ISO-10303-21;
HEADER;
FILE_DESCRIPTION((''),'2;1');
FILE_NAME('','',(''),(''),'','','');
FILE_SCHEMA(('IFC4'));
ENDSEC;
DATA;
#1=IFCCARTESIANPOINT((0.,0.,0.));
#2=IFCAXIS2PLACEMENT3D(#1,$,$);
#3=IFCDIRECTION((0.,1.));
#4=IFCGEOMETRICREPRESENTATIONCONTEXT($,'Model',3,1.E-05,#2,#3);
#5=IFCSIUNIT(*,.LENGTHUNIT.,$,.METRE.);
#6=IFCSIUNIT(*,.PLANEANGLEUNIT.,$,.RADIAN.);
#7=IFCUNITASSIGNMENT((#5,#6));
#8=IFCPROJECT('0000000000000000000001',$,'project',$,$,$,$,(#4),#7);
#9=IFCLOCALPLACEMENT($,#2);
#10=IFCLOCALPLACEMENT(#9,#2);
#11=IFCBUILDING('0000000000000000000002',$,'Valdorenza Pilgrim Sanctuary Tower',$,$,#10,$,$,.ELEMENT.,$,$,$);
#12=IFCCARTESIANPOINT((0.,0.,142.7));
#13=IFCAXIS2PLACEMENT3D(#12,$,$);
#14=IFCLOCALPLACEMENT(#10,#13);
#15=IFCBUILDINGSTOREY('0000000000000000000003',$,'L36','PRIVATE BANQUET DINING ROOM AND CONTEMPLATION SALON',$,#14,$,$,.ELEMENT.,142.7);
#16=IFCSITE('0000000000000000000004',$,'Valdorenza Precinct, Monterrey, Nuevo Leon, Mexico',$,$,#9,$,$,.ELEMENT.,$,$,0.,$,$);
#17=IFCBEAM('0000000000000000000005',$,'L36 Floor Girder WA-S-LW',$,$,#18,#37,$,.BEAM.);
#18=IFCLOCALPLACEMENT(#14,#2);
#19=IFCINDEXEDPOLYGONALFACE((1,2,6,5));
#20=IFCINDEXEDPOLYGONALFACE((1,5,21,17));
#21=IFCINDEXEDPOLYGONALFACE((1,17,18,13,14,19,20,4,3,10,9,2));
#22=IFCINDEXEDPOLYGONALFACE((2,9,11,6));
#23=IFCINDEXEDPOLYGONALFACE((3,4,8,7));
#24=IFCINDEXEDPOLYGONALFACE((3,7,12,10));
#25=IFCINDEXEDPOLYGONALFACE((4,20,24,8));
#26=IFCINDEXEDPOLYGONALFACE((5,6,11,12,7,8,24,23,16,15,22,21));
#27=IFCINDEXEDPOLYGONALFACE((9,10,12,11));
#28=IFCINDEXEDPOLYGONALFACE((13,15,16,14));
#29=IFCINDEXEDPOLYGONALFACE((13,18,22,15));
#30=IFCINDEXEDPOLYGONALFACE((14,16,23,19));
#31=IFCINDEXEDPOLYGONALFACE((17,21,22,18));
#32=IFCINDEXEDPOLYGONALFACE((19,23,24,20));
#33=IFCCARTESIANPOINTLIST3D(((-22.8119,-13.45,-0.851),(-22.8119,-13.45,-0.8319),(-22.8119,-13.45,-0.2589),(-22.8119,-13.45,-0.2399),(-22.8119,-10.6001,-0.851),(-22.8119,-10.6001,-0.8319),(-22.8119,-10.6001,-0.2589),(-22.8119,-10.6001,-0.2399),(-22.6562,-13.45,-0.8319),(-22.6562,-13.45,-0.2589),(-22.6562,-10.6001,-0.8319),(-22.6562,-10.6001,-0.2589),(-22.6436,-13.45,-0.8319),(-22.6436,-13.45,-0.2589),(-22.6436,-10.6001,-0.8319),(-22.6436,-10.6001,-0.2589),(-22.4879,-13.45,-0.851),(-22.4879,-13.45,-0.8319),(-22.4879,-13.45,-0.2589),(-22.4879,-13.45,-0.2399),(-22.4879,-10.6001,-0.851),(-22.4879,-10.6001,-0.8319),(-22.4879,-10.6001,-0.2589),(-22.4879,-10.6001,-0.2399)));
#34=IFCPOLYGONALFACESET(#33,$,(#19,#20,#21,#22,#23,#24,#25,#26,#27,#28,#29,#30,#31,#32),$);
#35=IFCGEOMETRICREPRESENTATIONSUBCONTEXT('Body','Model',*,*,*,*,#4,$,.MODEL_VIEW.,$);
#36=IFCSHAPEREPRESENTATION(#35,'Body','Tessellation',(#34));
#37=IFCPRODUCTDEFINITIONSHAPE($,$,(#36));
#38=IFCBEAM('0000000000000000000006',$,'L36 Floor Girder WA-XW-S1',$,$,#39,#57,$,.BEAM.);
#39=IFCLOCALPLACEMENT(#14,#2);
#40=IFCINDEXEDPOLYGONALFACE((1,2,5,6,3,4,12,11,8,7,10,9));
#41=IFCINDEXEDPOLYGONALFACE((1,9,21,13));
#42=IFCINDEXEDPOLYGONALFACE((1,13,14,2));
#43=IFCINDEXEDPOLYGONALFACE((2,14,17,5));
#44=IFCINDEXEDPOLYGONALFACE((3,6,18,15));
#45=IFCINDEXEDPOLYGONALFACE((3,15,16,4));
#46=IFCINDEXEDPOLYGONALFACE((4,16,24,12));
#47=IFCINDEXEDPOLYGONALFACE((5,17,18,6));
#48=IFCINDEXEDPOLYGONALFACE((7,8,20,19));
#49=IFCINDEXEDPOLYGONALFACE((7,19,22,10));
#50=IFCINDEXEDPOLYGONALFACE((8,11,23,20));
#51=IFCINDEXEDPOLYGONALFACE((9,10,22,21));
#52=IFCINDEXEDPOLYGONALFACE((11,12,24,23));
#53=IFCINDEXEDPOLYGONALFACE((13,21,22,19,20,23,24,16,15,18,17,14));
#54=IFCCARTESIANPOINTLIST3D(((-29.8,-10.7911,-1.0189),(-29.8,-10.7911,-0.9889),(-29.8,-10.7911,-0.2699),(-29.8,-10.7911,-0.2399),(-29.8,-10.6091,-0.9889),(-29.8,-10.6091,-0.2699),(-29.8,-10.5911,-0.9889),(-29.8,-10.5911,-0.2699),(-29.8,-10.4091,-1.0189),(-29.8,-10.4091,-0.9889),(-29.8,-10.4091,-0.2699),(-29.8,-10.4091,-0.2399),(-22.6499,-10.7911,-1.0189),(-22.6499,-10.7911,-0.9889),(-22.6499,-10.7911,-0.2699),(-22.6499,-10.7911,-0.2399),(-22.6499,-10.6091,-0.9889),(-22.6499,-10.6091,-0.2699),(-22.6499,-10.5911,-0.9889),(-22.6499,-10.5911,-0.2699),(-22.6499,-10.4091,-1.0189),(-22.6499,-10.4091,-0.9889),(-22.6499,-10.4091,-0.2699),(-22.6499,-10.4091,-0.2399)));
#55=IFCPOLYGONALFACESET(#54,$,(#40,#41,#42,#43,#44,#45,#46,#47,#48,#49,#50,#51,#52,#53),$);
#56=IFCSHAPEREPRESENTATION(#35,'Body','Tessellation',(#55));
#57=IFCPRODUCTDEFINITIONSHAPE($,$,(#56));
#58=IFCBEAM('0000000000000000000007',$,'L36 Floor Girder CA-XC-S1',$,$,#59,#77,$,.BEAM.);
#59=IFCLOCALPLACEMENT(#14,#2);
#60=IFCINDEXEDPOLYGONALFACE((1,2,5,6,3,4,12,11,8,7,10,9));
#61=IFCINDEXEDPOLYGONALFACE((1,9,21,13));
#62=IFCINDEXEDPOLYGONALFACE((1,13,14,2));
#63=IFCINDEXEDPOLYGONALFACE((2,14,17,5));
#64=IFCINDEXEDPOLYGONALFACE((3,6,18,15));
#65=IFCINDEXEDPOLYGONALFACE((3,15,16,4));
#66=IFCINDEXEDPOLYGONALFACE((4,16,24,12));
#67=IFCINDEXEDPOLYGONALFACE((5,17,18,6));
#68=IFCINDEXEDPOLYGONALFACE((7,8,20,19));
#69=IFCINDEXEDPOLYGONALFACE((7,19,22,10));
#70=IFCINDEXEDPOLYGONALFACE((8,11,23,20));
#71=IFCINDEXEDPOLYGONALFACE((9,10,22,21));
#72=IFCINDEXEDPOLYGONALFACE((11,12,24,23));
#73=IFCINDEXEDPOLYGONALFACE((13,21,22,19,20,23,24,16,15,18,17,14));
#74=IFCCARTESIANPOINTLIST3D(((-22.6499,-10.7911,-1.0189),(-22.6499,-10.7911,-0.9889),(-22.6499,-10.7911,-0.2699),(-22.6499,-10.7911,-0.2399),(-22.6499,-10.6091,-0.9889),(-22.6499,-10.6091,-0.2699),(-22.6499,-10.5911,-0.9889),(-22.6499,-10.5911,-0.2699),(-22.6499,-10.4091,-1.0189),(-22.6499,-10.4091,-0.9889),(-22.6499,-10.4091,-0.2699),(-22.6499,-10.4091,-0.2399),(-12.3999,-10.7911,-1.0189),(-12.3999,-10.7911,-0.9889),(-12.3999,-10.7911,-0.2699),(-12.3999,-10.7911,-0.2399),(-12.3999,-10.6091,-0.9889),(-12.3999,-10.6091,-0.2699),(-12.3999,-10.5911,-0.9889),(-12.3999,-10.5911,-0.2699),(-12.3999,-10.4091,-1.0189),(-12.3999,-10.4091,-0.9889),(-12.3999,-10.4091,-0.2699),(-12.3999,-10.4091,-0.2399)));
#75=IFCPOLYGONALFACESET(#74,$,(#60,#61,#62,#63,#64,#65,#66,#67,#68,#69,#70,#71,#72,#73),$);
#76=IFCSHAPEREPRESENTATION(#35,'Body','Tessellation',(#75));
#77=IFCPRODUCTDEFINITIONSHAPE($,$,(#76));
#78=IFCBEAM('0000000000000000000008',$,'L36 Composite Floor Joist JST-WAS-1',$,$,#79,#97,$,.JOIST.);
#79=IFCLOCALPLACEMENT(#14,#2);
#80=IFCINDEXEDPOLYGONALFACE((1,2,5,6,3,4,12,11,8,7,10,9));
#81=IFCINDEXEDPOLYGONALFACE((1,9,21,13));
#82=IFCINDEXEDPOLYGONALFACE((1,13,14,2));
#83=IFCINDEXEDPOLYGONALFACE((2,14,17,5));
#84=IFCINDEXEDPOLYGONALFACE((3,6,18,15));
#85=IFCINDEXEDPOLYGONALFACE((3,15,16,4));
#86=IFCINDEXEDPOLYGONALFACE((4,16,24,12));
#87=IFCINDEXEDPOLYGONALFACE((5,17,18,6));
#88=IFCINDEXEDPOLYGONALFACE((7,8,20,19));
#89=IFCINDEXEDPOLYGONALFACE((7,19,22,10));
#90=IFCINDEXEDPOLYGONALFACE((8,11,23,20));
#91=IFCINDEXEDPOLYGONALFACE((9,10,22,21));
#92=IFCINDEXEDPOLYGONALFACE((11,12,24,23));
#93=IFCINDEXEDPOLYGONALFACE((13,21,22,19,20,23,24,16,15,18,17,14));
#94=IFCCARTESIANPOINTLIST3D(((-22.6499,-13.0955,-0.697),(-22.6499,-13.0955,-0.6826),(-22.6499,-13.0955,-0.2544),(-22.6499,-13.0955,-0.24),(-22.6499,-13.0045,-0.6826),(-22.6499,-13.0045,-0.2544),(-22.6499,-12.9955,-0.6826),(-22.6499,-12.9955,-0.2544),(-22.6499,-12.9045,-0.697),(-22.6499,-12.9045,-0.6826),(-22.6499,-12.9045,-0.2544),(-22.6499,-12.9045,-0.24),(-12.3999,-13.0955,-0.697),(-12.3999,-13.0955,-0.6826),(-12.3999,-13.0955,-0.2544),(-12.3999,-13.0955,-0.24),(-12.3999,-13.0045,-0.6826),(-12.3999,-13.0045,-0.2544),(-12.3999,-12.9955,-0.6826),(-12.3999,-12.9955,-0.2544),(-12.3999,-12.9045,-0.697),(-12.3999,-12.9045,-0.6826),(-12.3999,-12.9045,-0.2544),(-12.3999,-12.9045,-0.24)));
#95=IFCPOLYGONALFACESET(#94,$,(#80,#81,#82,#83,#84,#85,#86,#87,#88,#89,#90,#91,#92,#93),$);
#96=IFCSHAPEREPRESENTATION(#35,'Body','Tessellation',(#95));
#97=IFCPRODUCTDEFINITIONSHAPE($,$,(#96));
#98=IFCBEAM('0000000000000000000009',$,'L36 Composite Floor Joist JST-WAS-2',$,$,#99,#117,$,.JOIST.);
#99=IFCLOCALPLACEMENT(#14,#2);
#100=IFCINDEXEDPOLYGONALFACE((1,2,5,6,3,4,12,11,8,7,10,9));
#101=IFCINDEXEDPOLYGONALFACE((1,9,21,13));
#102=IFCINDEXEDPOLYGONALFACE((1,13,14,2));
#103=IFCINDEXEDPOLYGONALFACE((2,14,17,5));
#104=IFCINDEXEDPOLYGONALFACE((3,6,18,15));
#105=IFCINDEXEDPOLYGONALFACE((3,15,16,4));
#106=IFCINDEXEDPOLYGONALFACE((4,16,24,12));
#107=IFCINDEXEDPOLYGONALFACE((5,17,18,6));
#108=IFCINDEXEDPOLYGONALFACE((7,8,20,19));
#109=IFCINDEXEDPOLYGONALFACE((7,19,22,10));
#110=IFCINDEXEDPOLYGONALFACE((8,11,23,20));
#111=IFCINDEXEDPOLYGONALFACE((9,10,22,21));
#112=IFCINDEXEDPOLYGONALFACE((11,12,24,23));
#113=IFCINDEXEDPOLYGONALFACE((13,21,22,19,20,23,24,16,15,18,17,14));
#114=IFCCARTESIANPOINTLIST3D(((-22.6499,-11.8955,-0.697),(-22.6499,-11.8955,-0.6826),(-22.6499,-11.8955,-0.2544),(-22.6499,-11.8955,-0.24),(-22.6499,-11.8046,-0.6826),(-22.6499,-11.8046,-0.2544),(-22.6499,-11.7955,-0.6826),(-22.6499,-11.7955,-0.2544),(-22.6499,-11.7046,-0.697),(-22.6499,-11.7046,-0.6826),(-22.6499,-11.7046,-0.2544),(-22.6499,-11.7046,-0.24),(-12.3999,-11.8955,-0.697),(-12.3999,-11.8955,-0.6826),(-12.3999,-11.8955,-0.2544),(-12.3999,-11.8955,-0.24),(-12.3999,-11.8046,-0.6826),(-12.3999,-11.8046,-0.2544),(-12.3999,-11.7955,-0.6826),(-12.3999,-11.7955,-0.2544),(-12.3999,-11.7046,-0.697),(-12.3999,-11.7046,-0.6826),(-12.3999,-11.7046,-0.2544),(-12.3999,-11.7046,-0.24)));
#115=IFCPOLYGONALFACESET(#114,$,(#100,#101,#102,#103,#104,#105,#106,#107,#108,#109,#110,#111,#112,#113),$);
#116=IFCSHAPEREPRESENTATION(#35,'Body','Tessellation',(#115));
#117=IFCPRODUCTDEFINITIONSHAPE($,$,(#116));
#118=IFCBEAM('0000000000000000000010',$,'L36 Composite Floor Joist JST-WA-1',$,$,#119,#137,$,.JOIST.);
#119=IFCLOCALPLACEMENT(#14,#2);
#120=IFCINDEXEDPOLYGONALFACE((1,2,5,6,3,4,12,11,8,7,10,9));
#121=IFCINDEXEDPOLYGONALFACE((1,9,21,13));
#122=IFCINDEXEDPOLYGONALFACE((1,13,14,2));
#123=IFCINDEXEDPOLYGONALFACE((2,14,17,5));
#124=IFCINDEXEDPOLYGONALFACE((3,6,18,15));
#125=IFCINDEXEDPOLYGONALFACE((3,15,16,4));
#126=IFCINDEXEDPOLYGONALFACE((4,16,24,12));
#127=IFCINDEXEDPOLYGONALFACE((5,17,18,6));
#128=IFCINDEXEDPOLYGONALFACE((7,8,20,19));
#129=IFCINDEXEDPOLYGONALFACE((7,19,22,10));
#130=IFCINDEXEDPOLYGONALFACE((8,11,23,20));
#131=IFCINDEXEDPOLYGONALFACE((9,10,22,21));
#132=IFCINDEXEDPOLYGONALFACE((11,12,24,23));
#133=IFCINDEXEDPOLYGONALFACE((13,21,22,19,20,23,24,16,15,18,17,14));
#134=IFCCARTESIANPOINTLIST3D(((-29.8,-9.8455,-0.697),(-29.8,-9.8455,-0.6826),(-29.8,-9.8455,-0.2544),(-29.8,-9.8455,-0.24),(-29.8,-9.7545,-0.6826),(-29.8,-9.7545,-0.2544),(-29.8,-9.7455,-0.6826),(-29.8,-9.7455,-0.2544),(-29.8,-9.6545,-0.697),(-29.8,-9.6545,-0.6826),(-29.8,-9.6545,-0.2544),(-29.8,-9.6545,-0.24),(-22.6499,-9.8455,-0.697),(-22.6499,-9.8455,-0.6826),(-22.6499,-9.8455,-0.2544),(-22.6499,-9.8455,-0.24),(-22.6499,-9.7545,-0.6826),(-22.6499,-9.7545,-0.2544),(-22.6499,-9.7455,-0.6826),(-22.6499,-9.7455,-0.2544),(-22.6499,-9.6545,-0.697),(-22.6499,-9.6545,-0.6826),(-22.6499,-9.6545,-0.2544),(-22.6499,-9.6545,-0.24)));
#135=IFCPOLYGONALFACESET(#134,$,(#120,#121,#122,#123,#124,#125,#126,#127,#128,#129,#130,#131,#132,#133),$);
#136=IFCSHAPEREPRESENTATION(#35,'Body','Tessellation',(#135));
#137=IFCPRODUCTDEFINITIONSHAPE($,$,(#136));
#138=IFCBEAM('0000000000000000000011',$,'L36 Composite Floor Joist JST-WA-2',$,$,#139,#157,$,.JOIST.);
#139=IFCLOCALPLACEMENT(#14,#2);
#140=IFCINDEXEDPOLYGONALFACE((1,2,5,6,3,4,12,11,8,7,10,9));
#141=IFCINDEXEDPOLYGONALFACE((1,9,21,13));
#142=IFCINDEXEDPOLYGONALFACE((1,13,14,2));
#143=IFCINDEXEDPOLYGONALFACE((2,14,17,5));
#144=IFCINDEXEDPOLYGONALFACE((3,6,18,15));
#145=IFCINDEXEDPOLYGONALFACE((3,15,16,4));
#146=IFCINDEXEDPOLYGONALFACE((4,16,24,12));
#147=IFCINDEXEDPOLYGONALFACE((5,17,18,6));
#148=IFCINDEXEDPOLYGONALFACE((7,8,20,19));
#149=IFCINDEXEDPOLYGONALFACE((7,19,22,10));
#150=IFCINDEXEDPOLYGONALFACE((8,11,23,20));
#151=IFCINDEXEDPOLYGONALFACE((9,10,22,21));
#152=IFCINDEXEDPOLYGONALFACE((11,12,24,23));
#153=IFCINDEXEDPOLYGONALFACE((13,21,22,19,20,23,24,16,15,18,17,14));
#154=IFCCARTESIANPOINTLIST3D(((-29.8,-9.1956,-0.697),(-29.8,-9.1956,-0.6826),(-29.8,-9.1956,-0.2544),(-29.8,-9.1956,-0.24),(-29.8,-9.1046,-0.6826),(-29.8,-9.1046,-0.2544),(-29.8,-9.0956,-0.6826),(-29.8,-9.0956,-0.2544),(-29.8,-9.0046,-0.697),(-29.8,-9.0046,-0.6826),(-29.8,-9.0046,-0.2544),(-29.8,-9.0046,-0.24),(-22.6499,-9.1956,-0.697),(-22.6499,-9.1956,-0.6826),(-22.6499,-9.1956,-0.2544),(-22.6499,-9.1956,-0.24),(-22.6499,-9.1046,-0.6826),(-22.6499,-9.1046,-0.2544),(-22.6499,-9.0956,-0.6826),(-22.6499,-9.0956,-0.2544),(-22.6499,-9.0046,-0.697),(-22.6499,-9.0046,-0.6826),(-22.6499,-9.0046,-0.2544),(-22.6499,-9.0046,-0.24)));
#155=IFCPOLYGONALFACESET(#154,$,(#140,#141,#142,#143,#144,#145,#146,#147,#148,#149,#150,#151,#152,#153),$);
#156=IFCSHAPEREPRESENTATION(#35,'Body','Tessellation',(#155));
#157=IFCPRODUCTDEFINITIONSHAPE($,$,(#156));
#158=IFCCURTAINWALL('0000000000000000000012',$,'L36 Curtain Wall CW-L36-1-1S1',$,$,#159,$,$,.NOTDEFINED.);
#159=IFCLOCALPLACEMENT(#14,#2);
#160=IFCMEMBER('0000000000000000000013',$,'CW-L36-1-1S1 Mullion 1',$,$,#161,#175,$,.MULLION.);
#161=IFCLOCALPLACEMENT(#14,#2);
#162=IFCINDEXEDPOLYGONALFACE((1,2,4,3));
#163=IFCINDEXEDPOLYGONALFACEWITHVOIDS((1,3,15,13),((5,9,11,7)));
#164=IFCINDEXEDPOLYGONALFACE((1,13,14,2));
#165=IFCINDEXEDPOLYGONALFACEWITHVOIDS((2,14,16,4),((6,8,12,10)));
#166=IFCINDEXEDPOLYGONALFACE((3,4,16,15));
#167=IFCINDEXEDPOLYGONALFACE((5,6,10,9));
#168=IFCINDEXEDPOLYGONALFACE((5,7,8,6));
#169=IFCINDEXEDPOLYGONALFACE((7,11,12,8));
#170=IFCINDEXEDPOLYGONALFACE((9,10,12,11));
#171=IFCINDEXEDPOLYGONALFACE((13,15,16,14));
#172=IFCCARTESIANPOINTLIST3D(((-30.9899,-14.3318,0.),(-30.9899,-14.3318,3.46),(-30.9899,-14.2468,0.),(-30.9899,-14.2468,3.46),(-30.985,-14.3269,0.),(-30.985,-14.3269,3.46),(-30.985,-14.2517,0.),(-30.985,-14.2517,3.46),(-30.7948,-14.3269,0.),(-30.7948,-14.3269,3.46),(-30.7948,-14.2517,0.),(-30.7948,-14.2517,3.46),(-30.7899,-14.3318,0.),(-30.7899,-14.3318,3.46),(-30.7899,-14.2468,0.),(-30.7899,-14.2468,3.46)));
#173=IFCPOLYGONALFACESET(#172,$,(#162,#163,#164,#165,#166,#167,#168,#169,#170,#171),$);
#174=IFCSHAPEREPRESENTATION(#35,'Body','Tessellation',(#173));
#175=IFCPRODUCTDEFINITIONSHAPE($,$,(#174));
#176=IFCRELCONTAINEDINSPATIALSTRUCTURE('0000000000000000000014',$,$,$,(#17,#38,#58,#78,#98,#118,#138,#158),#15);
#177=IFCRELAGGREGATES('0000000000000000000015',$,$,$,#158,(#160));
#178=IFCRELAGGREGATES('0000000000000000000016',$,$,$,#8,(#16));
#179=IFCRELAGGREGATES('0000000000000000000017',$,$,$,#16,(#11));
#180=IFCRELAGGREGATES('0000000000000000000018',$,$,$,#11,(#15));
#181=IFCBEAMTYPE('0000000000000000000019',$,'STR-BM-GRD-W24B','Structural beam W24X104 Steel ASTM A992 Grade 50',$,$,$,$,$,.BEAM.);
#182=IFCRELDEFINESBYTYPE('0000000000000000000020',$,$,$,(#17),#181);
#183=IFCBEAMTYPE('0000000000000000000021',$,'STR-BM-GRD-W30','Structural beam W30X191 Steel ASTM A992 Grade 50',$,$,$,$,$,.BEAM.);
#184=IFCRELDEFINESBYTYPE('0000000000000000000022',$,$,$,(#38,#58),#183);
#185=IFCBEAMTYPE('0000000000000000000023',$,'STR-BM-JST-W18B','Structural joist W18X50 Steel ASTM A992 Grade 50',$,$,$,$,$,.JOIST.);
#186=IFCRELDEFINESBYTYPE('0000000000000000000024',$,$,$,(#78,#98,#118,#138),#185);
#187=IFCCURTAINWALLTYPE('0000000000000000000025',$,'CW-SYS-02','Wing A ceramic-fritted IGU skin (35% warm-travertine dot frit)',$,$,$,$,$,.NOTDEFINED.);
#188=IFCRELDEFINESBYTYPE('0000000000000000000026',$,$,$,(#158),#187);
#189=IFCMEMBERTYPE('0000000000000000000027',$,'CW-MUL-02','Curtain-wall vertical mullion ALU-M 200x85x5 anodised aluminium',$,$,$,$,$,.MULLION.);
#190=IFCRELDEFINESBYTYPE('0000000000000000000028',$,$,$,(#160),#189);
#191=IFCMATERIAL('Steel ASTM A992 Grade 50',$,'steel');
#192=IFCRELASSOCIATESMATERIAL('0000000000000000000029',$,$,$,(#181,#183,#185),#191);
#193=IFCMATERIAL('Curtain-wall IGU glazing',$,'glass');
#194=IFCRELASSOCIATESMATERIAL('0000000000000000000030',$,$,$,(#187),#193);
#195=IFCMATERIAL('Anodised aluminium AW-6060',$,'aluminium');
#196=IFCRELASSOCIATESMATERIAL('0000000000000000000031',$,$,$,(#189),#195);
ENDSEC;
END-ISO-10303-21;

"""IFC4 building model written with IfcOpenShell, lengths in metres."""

from ifc_helpers import new_model, si_unit, direction, frame, origin, origin_2d, place, context, subcontext, project, spatial, hollow_rectangle, i_section, extrude, source, transform, mapped, material, material_profile, profile_set, type_object, element, aggregate, save


model = new_model("IFC4")

# Units and contexts
model_context = context("Model", 3, precision=1e-05, world=origin(), true_north=direction((0.0, 1.0)))
body_context = subcontext(model_context, "Body", "Model", "MODEL_VIEW")
ifc_project = project(units=[si_unit("LENGTHUNIT", "METRE"), si_unit("PLANEANGLEUNIT", "RADIAN")], contexts=[model_context])

# Site, building, storey
site_placement = place(None, origin())
site = spatial("IfcSite", under=ifc_project, at=site_placement, Name="Valdorenza Precinct, Monterrey, Nuevo Leon, Mexico", CompositionType="ELEMENT", RefElevation=0.0)
building_placement = place(site_placement, origin())
building = spatial("IfcBuilding", under=site, at=building_placement, Name="Valdorenza Pilgrim Sanctuary Tower", CompositionType="ELEMENT")
storey_placement = place(building_placement, frame((0.0, 0.0, 142.7)))
storey = spatial("IfcBuildingStorey", under=building, at=storey_placement, Name="L36", Description="PRIVATE BANQUET DINING ROOM AND CONTEMPLATION SALON", CompositionType="ELEMENT", Elevation=142.7)

# Shared definitions
ifc_material_1 = material(Name="Steel ASTM A992 Grade 50", Category="steel")

# Beams
ifc_material_profile_1 = material_profile(ifc_material_1, i_section(OverallWidth=0.324, OverallDepth=0.6111, WebThickness=0.0127, FlangeThickness=0.019, at=origin_2d()), Name="W24X104")
ifc_profile_set_1 = profile_set([ifc_material_profile_1], Name="Steel ASTM A992 Grade 50")
beam_type_1 = type_object("IfcBeamType", Name="STR-BM-GRD-W24B", Description="Structural beam W24X104 Steel ASTM A992 Grade 50", PredefinedType="BEAM", material=ifc_profile_set_1)
shared_shape_1 = source(origin(), body_context, "Body", "SweptSolid", [
    extrude(i_section(OverallWidth=0.324, OverallDepth=0.6111, WebThickness=0.0127, FlangeThickness=0.019, at=origin_2d()), origin(), (0.0, 0.0, 1.0), 2.8499),
])
beam_1_placement = place(storey_placement, frame((-22.6499, -13.45, -0.5454), z_axis=(0.0, 1.0, 0.0), x_axis=(-1.0, 0.0, 0.0)))
element("IfcBeam", 1, at=beam_1_placement, inside=storey, type_object=beam_type_1, Name="L36 Floor Girder WA-S-LW", PredefinedType="BEAM", context=body_context, shape_type="MappedRepresentation", body=[
    mapped(shared_shape_1, transform((0.0, 0.0, 0.0), x_axis=(1.0, 0.0, 0.0), y_axis=(0.0, 1.0, 0.0), z_axis=(0.0, 0.0, 1.0), scale=1.0)),
])
ifc_material_profile_2 = material_profile(ifc_material_1, i_section(OverallWidth=0.3821, OverallDepth=0.7791, WebThickness=0.0181, FlangeThickness=0.03, at=origin_2d()), Name="W30X191")
ifc_profile_set_2 = profile_set([ifc_material_profile_2], Name="Steel ASTM A992 Grade 50")
beam_type_2 = type_object("IfcBeamType", Name="STR-BM-GRD-W30", Description="Structural beam W30X191 Steel ASTM A992 Grade 50", PredefinedType="BEAM", material=ifc_profile_set_2)
shared_shape_2 = source(origin(), body_context, "Body", "SweptSolid", [
    extrude(i_section(OverallWidth=0.3821, OverallDepth=0.7791, WebThickness=0.0181, FlangeThickness=0.03, at=origin_2d()), origin(), (0.0, 0.0, 1.0), 7.1501),
])
beam_2_placement = place(storey_placement, frame((-29.8, -10.6001, -0.6294), z_axis=(1.0, 0.0, 0.0), x_axis=(0.0, 1.0, 0.0)))
element("IfcBeam", 2, at=beam_2_placement, inside=storey, type_object=beam_type_2, Name="L36 Floor Girder WA-XW-S1", PredefinedType="BEAM", context=body_context, shape_type="MappedRepresentation", body=[
    mapped(shared_shape_2, transform((0.0, 0.0, 0.0), x_axis=(1.0, 0.0, 0.0), y_axis=(0.0, 1.0, 0.0), z_axis=(0.0, 0.0, 1.0), scale=1.0)),
])
shared_shape_3 = source(origin(), body_context, "Body", "SweptSolid", [
    extrude(i_section(OverallWidth=0.3821, OverallDepth=0.7791, WebThickness=0.0181, FlangeThickness=0.03, at=origin_2d()), origin(), (0.0, 0.0, 1.0), 10.25),
])
beam_3_placement = place(storey_placement, frame((-22.6499, -10.6001, -0.6294), z_axis=(1.0, 0.0, 0.0), x_axis=(0.0, 1.0, 0.0)))
element("IfcBeam", 3, at=beam_3_placement, inside=storey, type_object=beam_type_2, Name="L36 Floor Girder CA-XC-S1", PredefinedType="BEAM", context=body_context, shape_type="MappedRepresentation", body=[
    mapped(shared_shape_3, transform((0.0, 0.0, 0.0), x_axis=(1.0, 0.0, 0.0), y_axis=(0.0, 1.0, 0.0), z_axis=(0.0, 0.0, 1.0), scale=1.0)),
])
ifc_material_profile_3 = material_profile(ifc_material_1, i_section(OverallWidth=0.1909, OverallDepth=0.457, WebThickness=0.009, FlangeThickness=0.0144, at=origin_2d()), Name="W18X50")
ifc_profile_set_3 = profile_set([ifc_material_profile_3], Name="Steel ASTM A992 Grade 50")
beam_type_3 = type_object("IfcBeamType", Name="STR-BM-JST-W18B", Description="Structural joist W18X50 Steel ASTM A992 Grade 50", PredefinedType="JOIST", material=ifc_profile_set_3)
shared_shape_4 = source(origin(), body_context, "Body", "SweptSolid", [
    extrude(i_section(OverallWidth=0.1909, OverallDepth=0.457, WebThickness=0.009, FlangeThickness=0.0144, at=origin_2d()), origin(), (0.0, 0.0, 1.0), 10.25),
])
for number, where, z_axis, x_axis, name in (
    (4, (-22.6499, -13.0, -0.4685), (1.0, 0.0, 0.0), (0.0, 1.0, 0.0), "L36 Composite Floor Joist JST-WAS-1"),
    (5, (-22.6499, -11.8, -0.4685), (1.0, 0.0, 0.0), (0.0, 1.0, 0.0), "L36 Composite Floor Joist JST-WAS-2"),
):
    element("IfcBeam", number, at=place(storey_placement, frame(where, z_axis=z_axis, x_axis=x_axis)), inside=storey, type_object=beam_type_3, Name=name, PredefinedType="JOIST", context=body_context, shape_type="MappedRepresentation", body=[
        mapped(shared_shape_4, transform((0.0, 0.0, 0.0), x_axis=(1.0, 0.0, 0.0), y_axis=(0.0, 1.0, 0.0), z_axis=(0.0, 0.0, 1.0), scale=1.0)),
    ])
shared_shape_5 = source(origin(), body_context, "Body", "SweptSolid", [
    extrude(i_section(OverallWidth=0.1909, OverallDepth=0.457, WebThickness=0.009, FlangeThickness=0.0144, at=origin_2d()), origin(), (0.0, 0.0, 1.0), 7.1501),
])
for number, where, z_axis, x_axis, name in (
    (6, (-29.8, -9.75, -0.4685), (1.0, 0.0, 0.0), (0.0, 1.0, 0.0), "L36 Composite Floor Joist JST-WA-1"),
    (7, (-29.8, -9.1001, -0.4685), (1.0, 0.0, 0.0), (0.0, 1.0, 0.0), "L36 Composite Floor Joist JST-WA-2"),
):
    element("IfcBeam", number, at=place(storey_placement, frame(where, z_axis=z_axis, x_axis=x_axis)), inside=storey, type_object=beam_type_3, Name=name, PredefinedType="JOIST", context=body_context, shape_type="MappedRepresentation", body=[
        mapped(shared_shape_5, transform((0.0, 0.0, 0.0), x_axis=(1.0, 0.0, 0.0), y_axis=(0.0, 1.0, 0.0), z_axis=(0.0, 0.0, 1.0), scale=1.0)),
    ])

# Curtain wall, member
ifc_material_2 = material(Name="Curtain-wall IGU glazing", Category="glass")
curtain_wall_type = type_object("IfcCurtainWallType", Name="CW-SYS-02", Description="Wing A ceramic-fritted IGU skin (35% warm-travertine dot frit)", PredefinedType="NOTDEFINED", material=ifc_material_2)
curtain_wall_1_placement = place(storey_placement, origin())
curtain_wall_1 = element("IfcCurtainWall", 8, at=curtain_wall_1_placement, inside=storey, type_object=curtain_wall_type, Name="L36 Curtain Wall CW-L36-1-1S1", PredefinedType="NOTDEFINED")
ifc_material_3 = material(Name="Anodised aluminium AW-6060", Category="aluminium")
ifc_material_profile_4 = material_profile(ifc_material_3, hollow_rectangle(XDim=0.085, YDim=0.2, WallThickness=0.0049, at=origin_2d()), Name="ALU-M 200x85x5")
ifc_profile_set_4 = profile_set([ifc_material_profile_4], Name="Anodised aluminium AW-6060")
member_type_1 = type_object("IfcMemberType", Name="CW-MUL-02", Description="Curtain-wall vertical mullion ALU-M 200x85x5 anodised aluminium", PredefinedType="MULLION", material=ifc_profile_set_4)
shared_shape_6 = source(origin(), body_context, "Body", "SweptSolid", [
    extrude(hollow_rectangle(XDim=0.085, YDim=0.2, WallThickness=0.0049, at=origin_2d()), origin(), (0.0, 0.0, 1.0), 3.46),
])
member_1_placement = place(storey_placement, frame((-30.8899, -14.2893, 0.0), z_axis=(0.0, 0.0, 1.0), x_axis=(0.0, 1.0, 0.0)))
member_1 = element("IfcMember", 9, at=member_1_placement, type_object=member_type_1, Name="CW-L36-1-1S1 Mullion 1", PredefinedType="MULLION", context=body_context, shape_type="MappedRepresentation", body=[
    mapped(shared_shape_6, transform((0.0, 0.0, 0.0), x_axis=(1.0, 0.0, 0.0), y_axis=(0.0, 1.0, 0.0), z_axis=(0.0, 0.0, 1.0), scale=1.0)),
])

aggregate(curtain_wall_1, [member_1])

save(model, "model.ifc")
